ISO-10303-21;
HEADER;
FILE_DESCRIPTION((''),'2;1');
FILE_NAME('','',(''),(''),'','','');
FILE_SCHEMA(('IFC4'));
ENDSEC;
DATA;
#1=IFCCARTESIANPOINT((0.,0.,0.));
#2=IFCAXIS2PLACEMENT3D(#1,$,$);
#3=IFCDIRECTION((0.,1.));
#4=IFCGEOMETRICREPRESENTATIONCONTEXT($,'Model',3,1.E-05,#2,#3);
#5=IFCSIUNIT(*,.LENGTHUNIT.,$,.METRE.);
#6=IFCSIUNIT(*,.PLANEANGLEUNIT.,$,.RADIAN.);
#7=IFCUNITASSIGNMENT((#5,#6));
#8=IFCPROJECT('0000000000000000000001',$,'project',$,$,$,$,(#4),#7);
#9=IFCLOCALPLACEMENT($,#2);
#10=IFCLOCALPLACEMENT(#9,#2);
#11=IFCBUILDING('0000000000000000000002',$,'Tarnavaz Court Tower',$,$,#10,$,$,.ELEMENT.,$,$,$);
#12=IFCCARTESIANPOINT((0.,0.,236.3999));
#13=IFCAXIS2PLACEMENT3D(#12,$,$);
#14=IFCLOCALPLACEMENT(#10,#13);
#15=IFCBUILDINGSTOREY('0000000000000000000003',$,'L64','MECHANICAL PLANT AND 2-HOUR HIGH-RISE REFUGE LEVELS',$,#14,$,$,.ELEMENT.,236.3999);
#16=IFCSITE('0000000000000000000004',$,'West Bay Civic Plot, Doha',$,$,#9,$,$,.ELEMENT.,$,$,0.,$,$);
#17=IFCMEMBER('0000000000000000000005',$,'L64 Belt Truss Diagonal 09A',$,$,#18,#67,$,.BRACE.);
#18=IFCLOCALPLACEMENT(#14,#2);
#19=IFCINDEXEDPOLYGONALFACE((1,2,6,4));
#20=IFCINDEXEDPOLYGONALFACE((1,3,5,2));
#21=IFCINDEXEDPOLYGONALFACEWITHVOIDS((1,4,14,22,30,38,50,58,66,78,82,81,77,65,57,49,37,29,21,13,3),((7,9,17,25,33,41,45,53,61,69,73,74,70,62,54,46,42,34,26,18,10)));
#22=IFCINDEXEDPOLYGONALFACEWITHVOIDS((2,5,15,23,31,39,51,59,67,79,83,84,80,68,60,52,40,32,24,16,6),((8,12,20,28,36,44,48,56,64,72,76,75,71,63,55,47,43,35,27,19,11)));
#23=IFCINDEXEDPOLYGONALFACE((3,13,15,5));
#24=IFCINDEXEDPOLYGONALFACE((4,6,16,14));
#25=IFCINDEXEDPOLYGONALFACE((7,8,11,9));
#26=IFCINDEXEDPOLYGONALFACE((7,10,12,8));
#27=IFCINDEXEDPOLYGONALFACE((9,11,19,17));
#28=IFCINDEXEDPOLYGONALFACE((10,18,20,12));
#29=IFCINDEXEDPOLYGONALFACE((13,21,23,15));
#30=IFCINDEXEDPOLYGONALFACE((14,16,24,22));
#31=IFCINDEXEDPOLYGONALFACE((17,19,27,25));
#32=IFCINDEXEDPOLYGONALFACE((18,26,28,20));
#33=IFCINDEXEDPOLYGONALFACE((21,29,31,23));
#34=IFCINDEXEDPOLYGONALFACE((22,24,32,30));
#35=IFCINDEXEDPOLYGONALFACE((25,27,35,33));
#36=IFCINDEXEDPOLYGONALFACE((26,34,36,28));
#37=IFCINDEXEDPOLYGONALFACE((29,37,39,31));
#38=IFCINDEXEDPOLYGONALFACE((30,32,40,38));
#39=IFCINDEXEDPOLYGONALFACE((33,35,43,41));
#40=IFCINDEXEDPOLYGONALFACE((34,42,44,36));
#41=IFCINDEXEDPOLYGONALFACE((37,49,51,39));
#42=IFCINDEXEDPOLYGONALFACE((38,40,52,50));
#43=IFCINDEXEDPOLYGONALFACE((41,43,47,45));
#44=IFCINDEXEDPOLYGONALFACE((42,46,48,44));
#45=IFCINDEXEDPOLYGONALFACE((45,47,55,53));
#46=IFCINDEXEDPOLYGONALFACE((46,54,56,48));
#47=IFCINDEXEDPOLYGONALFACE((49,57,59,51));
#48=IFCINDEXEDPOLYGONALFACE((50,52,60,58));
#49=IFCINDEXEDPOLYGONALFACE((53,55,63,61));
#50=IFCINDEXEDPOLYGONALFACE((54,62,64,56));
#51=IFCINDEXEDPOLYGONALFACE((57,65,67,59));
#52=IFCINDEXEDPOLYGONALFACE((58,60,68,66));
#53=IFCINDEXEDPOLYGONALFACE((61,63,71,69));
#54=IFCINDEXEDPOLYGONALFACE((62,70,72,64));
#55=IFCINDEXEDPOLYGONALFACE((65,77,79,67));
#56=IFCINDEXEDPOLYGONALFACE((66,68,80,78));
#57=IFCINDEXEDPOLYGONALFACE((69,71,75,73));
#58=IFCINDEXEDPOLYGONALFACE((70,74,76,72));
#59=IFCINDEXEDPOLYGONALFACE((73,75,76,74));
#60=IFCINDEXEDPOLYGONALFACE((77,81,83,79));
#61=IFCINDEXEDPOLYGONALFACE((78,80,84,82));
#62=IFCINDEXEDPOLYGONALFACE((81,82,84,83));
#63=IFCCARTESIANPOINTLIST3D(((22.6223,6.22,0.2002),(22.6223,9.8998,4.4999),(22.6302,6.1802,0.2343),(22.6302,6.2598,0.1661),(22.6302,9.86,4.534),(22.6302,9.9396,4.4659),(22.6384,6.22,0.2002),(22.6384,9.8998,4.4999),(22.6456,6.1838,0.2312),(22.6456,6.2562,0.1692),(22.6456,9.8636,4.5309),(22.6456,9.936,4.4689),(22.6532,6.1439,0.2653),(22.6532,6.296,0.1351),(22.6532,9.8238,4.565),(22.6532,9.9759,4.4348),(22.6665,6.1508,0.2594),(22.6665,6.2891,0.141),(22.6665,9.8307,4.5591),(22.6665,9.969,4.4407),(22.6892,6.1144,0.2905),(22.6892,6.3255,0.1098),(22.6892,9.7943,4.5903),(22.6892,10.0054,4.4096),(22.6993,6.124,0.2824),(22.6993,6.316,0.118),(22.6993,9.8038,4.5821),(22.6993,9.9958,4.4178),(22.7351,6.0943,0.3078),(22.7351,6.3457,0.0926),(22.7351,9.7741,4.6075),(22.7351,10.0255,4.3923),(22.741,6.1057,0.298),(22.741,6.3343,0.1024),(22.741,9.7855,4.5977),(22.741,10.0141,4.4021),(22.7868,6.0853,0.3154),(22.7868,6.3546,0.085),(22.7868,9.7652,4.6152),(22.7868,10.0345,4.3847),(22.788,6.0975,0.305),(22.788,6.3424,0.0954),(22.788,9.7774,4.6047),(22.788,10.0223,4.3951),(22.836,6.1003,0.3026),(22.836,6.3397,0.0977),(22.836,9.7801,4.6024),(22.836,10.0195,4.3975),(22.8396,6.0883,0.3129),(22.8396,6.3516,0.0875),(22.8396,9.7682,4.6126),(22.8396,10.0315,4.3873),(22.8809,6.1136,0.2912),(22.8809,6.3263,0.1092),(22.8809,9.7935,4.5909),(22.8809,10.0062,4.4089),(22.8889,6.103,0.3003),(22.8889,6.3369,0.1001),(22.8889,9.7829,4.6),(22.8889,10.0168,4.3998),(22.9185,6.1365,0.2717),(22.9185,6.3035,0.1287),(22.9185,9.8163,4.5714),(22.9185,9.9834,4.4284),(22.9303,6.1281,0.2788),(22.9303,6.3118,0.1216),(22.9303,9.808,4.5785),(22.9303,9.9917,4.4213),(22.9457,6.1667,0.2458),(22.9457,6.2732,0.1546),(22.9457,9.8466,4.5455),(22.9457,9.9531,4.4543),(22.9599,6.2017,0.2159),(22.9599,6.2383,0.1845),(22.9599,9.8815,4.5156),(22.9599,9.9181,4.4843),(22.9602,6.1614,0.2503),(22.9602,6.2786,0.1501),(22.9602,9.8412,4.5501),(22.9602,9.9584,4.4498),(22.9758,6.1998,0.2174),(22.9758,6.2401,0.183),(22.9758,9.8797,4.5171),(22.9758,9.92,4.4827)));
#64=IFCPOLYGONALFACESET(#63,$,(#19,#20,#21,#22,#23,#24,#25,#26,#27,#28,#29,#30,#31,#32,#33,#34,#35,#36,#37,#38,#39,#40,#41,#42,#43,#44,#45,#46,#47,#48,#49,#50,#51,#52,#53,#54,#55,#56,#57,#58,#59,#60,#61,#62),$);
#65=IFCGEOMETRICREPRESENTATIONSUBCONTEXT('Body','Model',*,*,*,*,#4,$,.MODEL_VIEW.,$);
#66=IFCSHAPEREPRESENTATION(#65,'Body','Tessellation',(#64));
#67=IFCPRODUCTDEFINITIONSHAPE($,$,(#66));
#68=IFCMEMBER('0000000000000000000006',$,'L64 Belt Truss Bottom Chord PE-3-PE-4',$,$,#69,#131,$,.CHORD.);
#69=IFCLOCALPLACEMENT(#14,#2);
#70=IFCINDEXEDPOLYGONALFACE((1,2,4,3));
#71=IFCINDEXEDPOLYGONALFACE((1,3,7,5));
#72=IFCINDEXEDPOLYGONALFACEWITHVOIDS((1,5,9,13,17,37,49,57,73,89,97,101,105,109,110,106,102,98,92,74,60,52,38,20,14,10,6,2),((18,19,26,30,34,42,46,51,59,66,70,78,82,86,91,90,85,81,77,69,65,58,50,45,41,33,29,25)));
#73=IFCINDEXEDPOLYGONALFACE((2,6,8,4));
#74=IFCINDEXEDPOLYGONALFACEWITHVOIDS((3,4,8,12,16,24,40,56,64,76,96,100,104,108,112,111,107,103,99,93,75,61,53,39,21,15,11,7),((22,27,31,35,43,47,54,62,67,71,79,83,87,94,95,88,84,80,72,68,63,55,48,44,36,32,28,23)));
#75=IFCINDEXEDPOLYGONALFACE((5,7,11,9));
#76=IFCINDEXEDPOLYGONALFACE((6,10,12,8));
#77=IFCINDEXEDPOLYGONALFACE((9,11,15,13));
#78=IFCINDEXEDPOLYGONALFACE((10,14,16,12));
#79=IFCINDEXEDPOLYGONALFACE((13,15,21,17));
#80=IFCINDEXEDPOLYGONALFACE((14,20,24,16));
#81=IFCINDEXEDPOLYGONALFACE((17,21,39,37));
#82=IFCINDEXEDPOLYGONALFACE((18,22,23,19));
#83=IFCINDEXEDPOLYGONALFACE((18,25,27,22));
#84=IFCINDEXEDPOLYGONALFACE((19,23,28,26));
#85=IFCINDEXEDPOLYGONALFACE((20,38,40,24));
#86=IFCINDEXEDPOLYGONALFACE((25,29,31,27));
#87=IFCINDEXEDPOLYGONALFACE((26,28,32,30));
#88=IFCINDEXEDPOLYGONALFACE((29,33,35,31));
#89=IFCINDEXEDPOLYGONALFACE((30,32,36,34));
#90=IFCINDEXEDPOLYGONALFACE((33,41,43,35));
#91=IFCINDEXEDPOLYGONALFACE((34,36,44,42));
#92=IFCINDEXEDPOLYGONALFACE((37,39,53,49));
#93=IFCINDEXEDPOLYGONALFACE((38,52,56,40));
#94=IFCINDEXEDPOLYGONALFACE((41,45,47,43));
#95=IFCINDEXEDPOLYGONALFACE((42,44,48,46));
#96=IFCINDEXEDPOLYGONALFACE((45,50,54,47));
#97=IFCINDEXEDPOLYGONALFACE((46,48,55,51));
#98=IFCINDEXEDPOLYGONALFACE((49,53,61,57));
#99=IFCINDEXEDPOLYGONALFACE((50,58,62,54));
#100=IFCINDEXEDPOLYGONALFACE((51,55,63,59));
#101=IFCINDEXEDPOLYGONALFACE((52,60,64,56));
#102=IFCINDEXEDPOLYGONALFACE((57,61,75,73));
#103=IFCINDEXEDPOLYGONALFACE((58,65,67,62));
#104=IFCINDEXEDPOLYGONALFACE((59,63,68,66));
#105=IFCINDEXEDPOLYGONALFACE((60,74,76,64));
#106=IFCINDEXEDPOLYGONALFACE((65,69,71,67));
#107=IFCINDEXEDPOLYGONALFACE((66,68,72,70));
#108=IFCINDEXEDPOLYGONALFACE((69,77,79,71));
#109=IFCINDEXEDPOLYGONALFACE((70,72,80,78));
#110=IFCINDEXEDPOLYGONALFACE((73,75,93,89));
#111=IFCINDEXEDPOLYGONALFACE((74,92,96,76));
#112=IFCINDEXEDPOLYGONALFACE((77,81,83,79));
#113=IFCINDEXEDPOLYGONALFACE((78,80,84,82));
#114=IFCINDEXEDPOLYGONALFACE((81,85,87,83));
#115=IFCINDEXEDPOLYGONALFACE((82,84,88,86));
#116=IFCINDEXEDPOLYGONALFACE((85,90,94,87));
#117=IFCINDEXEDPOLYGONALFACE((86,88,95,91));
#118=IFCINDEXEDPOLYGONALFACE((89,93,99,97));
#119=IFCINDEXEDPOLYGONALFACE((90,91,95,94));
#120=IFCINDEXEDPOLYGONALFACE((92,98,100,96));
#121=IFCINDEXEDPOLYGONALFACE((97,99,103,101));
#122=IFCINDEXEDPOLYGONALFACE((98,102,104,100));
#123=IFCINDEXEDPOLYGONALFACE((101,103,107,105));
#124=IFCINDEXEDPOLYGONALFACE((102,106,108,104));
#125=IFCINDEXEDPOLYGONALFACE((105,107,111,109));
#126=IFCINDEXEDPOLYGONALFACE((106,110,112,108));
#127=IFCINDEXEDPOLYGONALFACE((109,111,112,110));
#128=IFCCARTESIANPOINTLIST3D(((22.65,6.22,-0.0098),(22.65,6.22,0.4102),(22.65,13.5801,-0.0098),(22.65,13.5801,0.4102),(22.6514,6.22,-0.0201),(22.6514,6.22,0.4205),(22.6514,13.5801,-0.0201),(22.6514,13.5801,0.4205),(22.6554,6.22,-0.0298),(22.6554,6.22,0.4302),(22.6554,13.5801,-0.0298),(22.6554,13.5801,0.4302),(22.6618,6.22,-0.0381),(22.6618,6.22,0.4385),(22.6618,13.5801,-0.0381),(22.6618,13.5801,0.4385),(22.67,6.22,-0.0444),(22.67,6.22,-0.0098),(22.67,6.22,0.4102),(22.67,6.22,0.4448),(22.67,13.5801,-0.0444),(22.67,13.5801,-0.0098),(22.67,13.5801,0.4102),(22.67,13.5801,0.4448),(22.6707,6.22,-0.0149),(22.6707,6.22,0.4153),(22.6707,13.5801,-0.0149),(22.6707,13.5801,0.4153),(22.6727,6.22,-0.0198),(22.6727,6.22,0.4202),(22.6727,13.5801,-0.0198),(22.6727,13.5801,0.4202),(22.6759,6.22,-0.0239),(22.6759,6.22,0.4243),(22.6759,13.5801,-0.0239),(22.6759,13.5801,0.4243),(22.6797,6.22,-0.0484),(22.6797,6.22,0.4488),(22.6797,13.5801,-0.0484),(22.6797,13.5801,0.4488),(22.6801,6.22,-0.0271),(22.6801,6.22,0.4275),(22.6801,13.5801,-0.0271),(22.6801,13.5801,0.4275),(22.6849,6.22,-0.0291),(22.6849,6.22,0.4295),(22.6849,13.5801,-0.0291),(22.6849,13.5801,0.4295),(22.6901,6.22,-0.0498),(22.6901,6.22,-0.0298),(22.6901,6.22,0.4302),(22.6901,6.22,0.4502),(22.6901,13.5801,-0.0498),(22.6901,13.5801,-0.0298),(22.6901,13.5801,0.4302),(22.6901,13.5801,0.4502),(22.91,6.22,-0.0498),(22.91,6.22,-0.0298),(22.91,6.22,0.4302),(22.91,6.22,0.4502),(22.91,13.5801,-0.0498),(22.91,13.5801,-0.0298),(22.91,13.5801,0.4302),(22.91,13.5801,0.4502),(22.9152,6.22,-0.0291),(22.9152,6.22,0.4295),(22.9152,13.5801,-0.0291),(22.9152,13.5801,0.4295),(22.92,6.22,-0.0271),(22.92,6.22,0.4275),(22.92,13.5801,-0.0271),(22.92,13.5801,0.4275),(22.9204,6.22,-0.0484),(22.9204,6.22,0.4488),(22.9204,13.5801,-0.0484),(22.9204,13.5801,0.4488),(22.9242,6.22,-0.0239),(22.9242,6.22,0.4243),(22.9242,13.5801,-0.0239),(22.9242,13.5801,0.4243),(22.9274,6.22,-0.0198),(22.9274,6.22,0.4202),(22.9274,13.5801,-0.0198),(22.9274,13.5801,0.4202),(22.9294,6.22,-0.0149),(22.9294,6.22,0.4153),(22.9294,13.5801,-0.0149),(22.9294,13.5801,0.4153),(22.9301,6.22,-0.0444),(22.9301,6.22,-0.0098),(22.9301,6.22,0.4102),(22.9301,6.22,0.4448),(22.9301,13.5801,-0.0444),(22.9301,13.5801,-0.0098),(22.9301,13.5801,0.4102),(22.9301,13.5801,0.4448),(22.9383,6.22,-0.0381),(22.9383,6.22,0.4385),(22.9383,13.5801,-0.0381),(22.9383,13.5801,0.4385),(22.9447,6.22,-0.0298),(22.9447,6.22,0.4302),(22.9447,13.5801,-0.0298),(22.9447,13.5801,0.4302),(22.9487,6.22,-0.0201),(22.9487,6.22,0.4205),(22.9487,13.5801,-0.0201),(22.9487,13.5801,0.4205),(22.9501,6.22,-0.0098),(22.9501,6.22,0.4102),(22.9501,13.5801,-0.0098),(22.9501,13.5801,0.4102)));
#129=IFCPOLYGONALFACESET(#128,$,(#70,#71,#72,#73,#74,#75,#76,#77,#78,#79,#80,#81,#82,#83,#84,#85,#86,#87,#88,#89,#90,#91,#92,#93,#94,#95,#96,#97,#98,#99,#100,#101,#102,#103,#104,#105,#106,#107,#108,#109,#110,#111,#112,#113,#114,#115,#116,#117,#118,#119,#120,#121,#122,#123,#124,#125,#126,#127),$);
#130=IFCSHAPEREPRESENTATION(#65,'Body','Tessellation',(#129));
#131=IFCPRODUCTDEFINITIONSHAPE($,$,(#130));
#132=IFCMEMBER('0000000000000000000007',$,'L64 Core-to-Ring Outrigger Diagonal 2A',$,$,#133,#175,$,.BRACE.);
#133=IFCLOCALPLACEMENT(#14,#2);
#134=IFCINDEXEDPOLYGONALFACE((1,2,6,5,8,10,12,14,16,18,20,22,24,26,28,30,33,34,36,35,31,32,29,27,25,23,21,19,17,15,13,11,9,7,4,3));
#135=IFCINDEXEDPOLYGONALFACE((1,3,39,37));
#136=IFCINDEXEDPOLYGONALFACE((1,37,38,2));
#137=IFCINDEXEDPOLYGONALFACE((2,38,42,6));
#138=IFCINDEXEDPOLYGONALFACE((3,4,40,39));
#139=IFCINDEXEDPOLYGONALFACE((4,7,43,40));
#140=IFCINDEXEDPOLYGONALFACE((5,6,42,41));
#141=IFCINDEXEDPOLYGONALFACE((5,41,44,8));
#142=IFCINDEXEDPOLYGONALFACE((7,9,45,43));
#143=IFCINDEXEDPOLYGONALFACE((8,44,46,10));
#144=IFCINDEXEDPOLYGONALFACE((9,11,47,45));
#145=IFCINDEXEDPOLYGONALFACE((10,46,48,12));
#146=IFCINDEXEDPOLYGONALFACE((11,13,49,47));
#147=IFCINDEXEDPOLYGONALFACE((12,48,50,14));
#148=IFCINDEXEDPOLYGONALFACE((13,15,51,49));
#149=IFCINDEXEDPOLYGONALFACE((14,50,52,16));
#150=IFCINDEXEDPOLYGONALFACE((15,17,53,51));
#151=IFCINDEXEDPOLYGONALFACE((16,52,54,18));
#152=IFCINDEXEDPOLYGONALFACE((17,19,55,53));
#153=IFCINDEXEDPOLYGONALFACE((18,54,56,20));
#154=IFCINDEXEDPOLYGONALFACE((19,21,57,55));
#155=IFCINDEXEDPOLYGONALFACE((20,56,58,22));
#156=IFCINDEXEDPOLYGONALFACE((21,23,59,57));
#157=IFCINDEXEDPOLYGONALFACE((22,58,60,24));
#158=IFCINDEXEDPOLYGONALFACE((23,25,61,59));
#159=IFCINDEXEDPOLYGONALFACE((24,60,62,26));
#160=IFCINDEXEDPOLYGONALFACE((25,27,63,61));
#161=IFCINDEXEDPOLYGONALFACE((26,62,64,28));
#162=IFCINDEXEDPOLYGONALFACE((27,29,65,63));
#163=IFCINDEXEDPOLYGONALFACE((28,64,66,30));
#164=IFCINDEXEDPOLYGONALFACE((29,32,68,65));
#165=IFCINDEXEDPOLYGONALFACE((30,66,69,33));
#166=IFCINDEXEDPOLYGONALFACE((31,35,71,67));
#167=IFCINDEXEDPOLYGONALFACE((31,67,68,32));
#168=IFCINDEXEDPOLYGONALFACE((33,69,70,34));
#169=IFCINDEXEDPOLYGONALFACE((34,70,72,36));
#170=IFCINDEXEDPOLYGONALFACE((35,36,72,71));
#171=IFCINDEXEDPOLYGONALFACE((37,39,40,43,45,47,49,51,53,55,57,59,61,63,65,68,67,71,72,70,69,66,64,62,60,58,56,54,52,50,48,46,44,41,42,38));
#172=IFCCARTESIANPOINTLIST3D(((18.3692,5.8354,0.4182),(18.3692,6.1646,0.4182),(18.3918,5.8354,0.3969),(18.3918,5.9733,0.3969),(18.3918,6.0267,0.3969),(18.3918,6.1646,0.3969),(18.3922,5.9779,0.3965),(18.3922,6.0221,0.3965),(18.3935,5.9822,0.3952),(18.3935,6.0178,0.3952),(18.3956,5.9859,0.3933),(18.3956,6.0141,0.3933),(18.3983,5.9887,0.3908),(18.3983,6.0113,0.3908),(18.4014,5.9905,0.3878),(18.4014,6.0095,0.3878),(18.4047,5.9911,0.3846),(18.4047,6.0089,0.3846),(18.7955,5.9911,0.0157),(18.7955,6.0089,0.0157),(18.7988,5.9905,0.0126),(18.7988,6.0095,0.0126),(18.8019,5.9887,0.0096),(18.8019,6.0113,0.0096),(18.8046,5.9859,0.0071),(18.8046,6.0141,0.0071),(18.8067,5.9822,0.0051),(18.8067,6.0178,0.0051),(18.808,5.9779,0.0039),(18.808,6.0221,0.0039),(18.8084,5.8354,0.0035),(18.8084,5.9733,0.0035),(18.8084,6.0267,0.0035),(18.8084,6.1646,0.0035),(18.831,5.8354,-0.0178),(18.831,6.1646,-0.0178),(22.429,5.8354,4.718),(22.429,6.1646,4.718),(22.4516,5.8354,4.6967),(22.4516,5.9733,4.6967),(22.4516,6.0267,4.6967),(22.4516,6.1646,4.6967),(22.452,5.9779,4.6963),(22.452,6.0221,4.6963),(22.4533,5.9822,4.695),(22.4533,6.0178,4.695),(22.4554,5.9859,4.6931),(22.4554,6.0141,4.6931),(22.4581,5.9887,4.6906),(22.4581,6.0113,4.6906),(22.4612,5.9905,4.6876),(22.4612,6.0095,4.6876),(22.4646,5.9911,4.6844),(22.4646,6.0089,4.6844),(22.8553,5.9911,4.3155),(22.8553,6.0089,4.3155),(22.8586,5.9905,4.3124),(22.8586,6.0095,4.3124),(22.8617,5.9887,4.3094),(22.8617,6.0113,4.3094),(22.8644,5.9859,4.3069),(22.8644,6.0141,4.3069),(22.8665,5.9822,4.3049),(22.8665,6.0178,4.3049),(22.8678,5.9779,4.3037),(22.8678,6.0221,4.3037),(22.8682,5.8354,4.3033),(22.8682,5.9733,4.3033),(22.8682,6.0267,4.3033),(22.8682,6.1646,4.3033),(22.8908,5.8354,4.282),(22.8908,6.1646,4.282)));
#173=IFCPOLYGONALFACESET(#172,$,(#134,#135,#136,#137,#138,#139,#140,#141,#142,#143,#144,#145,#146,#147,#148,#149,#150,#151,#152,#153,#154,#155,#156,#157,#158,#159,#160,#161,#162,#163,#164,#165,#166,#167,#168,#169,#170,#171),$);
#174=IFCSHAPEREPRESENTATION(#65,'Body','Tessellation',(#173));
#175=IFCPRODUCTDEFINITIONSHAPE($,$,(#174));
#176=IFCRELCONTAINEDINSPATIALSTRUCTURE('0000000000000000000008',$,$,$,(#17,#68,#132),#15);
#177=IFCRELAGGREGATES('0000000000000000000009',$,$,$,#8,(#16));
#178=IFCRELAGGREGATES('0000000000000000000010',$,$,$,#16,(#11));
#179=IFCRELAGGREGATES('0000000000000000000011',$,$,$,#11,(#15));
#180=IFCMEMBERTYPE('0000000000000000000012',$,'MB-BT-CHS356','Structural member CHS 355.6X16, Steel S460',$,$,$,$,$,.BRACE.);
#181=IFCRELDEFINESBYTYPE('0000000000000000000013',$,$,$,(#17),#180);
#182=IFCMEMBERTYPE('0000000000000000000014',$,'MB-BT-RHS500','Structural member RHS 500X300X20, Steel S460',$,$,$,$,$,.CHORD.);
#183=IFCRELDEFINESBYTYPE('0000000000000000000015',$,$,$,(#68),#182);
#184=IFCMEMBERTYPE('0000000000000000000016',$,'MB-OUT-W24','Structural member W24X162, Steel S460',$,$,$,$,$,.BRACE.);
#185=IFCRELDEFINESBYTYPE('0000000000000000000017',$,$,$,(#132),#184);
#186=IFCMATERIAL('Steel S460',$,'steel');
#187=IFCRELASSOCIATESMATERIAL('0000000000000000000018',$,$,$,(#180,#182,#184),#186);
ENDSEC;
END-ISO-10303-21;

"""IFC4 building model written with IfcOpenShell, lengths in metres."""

from ifc_helpers import new_model, si_unit, direction, frame, origin, origin_2d, place, context, subcontext, project, spatial, hollow_rectangle, hollow_circle, i_section, extrude, material, material_profile, profile_set, type_object, element, save


model = new_model("IFC4")

# Units and contexts
model_context = context("Model", 3, precision=1e-05, world=origin(), true_north=direction((0.0, 1.0)))
body_context = subcontext(model_context, "Body", "Model", "MODEL_VIEW")
ifc_project = project(units=[si_unit("LENGTHUNIT", "METRE"), si_unit("PLANEANGLEUNIT", "RADIAN")], contexts=[model_context])

# Site, building, storey
site_placement = place(None, origin())
site = spatial("IfcSite", under=ifc_project, at=site_placement, Name="West Bay Civic Plot, Doha", CompositionType="ELEMENT", RefElevation=0.0)
building_placement = place(site_placement, origin())
building = spatial("IfcBuilding", under=site, at=building_placement, Name="Tarnavaz Court Tower", CompositionType="ELEMENT")
storey_placement = place(building_placement, frame((0.0, 0.0, 236.3999)))
storey = spatial("IfcBuildingStorey", under=building, at=storey_placement, Name="L64", Description="MECHANICAL PLANT AND 2-HOUR HIGH-RISE REFUGE LEVELS", CompositionType="ELEMENT", Elevation=236.3999)

# Shared definitions
ifc_material_1 = material(Name="Steel S460", Category="steel")

# Members
ifc_material_profile_1 = material_profile(ifc_material_1, hollow_circle(Radius=0.1777, WallThickness=0.0161, at=origin_2d()), Name="CHS 355.6X16")
ifc_profile_set_1 = profile_set([ifc_material_profile_1], Name="Steel S460")
member_type_1 = type_object("IfcMemberType", Name="MB-BT-CHS356", Description="Structural member CHS 355.6X16, Steel S460", PredefinedType="BRACE", material=ifc_profile_set_1)
member_1_placement = place(storey_placement, frame((22.8, 6.22, 0.2002), z_axis=(0.0, 0.650219, 0.759747), x_axis=(-1.0, 0.0, 0.0)))
element("IfcMember", 1, at=member_1_placement, inside=storey, type_object=member_type_1, Name="L64 Belt Truss Diagonal 09A", PredefinedType="BRACE", context=body_context, shape_type="SweptSolid", body=[
    extrude(hollow_circle(Radius=0.1777, WallThickness=0.0161, at=origin_2d()), origin(), (0.0, 0.0, 1.0), 5.6594),
])
ifc_material_profile_2 = material_profile(ifc_material_1, hollow_rectangle(XDim=0.3, YDim=0.5, WallThickness=0.02, InnerFilletRadius=0.02, OuterFilletRadius=0.04, at=origin_2d()), Name="RHS 500X300X20")
ifc_profile_set_2 = profile_set([ifc_material_profile_2], Name="Steel S460")
member_type_2 = type_object("IfcMemberType", Name="MB-BT-RHS500", Description="Structural member RHS 500X300X20, Steel S460", PredefinedType="CHORD", material=ifc_profile_set_2)
member_2_placement = place(storey_placement, frame((22.8, 6.22, 0.2002), z_axis=(0.0, 1.0, 0.0), x_axis=(-1.0, 0.0, 0.0)))
element("IfcMember", 2, at=member_2_placement, inside=storey, type_object=member_type_2, Name="L64 Belt Truss Bottom Chord PE-3-PE-4", PredefinedType="CHORD", context=body_context, shape_type="SweptSolid", body=[
    extrude(hollow_rectangle(XDim=0.3, YDim=0.5, WallThickness=0.02, InnerFilletRadius=0.02, OuterFilletRadius=0.04, at=origin_2d()), origin(), (0.0, 0.0, 1.0), 7.3601),
])
ifc_material_profile_3 = material_profile(ifc_material_1, i_section(OverallWidth=0.3291, OverallDepth=0.635, WebThickness=0.0178, FlangeThickness=0.031, FilletRadius=0.0178, at=origin_2d()), Name="W24X162")
ifc_profile_set_3 = profile_set([ifc_material_profile_3], Name="Steel S460")
member_type_3 = type_object("IfcMemberType", Name="MB-OUT-W24", Description="Structural member W24X162, Steel S460", PredefinedType="BRACE", material=ifc_profile_set_3)
for number, where, z_axis, x_axis, name in (
    (3, (18.6001, 6.0, 0.2002), (0.686524, 0.0, 0.727107), (0.0, 1.0, 0.0), "L64 Core-to-Ring Outrigger Diagonal 2A"),
):
    element("IfcMember", number, at=place(storey_placement, frame(where, z_axis=z_axis, x_axis=x_axis)), inside=storey, type_object=member_type_3, Name=name, PredefinedType="BRACE", context=body_context, shape_type="SweptSolid", body=[
        extrude(i_section(OverallWidth=0.3291, OverallDepth=0.635, WebThickness=0.0178, FlangeThickness=0.031, FilletRadius=0.0178, at=origin_2d()), origin(), (0.0, 0.0, 1.0), 5.9136),
    ])

save(model, "model.ifc")
